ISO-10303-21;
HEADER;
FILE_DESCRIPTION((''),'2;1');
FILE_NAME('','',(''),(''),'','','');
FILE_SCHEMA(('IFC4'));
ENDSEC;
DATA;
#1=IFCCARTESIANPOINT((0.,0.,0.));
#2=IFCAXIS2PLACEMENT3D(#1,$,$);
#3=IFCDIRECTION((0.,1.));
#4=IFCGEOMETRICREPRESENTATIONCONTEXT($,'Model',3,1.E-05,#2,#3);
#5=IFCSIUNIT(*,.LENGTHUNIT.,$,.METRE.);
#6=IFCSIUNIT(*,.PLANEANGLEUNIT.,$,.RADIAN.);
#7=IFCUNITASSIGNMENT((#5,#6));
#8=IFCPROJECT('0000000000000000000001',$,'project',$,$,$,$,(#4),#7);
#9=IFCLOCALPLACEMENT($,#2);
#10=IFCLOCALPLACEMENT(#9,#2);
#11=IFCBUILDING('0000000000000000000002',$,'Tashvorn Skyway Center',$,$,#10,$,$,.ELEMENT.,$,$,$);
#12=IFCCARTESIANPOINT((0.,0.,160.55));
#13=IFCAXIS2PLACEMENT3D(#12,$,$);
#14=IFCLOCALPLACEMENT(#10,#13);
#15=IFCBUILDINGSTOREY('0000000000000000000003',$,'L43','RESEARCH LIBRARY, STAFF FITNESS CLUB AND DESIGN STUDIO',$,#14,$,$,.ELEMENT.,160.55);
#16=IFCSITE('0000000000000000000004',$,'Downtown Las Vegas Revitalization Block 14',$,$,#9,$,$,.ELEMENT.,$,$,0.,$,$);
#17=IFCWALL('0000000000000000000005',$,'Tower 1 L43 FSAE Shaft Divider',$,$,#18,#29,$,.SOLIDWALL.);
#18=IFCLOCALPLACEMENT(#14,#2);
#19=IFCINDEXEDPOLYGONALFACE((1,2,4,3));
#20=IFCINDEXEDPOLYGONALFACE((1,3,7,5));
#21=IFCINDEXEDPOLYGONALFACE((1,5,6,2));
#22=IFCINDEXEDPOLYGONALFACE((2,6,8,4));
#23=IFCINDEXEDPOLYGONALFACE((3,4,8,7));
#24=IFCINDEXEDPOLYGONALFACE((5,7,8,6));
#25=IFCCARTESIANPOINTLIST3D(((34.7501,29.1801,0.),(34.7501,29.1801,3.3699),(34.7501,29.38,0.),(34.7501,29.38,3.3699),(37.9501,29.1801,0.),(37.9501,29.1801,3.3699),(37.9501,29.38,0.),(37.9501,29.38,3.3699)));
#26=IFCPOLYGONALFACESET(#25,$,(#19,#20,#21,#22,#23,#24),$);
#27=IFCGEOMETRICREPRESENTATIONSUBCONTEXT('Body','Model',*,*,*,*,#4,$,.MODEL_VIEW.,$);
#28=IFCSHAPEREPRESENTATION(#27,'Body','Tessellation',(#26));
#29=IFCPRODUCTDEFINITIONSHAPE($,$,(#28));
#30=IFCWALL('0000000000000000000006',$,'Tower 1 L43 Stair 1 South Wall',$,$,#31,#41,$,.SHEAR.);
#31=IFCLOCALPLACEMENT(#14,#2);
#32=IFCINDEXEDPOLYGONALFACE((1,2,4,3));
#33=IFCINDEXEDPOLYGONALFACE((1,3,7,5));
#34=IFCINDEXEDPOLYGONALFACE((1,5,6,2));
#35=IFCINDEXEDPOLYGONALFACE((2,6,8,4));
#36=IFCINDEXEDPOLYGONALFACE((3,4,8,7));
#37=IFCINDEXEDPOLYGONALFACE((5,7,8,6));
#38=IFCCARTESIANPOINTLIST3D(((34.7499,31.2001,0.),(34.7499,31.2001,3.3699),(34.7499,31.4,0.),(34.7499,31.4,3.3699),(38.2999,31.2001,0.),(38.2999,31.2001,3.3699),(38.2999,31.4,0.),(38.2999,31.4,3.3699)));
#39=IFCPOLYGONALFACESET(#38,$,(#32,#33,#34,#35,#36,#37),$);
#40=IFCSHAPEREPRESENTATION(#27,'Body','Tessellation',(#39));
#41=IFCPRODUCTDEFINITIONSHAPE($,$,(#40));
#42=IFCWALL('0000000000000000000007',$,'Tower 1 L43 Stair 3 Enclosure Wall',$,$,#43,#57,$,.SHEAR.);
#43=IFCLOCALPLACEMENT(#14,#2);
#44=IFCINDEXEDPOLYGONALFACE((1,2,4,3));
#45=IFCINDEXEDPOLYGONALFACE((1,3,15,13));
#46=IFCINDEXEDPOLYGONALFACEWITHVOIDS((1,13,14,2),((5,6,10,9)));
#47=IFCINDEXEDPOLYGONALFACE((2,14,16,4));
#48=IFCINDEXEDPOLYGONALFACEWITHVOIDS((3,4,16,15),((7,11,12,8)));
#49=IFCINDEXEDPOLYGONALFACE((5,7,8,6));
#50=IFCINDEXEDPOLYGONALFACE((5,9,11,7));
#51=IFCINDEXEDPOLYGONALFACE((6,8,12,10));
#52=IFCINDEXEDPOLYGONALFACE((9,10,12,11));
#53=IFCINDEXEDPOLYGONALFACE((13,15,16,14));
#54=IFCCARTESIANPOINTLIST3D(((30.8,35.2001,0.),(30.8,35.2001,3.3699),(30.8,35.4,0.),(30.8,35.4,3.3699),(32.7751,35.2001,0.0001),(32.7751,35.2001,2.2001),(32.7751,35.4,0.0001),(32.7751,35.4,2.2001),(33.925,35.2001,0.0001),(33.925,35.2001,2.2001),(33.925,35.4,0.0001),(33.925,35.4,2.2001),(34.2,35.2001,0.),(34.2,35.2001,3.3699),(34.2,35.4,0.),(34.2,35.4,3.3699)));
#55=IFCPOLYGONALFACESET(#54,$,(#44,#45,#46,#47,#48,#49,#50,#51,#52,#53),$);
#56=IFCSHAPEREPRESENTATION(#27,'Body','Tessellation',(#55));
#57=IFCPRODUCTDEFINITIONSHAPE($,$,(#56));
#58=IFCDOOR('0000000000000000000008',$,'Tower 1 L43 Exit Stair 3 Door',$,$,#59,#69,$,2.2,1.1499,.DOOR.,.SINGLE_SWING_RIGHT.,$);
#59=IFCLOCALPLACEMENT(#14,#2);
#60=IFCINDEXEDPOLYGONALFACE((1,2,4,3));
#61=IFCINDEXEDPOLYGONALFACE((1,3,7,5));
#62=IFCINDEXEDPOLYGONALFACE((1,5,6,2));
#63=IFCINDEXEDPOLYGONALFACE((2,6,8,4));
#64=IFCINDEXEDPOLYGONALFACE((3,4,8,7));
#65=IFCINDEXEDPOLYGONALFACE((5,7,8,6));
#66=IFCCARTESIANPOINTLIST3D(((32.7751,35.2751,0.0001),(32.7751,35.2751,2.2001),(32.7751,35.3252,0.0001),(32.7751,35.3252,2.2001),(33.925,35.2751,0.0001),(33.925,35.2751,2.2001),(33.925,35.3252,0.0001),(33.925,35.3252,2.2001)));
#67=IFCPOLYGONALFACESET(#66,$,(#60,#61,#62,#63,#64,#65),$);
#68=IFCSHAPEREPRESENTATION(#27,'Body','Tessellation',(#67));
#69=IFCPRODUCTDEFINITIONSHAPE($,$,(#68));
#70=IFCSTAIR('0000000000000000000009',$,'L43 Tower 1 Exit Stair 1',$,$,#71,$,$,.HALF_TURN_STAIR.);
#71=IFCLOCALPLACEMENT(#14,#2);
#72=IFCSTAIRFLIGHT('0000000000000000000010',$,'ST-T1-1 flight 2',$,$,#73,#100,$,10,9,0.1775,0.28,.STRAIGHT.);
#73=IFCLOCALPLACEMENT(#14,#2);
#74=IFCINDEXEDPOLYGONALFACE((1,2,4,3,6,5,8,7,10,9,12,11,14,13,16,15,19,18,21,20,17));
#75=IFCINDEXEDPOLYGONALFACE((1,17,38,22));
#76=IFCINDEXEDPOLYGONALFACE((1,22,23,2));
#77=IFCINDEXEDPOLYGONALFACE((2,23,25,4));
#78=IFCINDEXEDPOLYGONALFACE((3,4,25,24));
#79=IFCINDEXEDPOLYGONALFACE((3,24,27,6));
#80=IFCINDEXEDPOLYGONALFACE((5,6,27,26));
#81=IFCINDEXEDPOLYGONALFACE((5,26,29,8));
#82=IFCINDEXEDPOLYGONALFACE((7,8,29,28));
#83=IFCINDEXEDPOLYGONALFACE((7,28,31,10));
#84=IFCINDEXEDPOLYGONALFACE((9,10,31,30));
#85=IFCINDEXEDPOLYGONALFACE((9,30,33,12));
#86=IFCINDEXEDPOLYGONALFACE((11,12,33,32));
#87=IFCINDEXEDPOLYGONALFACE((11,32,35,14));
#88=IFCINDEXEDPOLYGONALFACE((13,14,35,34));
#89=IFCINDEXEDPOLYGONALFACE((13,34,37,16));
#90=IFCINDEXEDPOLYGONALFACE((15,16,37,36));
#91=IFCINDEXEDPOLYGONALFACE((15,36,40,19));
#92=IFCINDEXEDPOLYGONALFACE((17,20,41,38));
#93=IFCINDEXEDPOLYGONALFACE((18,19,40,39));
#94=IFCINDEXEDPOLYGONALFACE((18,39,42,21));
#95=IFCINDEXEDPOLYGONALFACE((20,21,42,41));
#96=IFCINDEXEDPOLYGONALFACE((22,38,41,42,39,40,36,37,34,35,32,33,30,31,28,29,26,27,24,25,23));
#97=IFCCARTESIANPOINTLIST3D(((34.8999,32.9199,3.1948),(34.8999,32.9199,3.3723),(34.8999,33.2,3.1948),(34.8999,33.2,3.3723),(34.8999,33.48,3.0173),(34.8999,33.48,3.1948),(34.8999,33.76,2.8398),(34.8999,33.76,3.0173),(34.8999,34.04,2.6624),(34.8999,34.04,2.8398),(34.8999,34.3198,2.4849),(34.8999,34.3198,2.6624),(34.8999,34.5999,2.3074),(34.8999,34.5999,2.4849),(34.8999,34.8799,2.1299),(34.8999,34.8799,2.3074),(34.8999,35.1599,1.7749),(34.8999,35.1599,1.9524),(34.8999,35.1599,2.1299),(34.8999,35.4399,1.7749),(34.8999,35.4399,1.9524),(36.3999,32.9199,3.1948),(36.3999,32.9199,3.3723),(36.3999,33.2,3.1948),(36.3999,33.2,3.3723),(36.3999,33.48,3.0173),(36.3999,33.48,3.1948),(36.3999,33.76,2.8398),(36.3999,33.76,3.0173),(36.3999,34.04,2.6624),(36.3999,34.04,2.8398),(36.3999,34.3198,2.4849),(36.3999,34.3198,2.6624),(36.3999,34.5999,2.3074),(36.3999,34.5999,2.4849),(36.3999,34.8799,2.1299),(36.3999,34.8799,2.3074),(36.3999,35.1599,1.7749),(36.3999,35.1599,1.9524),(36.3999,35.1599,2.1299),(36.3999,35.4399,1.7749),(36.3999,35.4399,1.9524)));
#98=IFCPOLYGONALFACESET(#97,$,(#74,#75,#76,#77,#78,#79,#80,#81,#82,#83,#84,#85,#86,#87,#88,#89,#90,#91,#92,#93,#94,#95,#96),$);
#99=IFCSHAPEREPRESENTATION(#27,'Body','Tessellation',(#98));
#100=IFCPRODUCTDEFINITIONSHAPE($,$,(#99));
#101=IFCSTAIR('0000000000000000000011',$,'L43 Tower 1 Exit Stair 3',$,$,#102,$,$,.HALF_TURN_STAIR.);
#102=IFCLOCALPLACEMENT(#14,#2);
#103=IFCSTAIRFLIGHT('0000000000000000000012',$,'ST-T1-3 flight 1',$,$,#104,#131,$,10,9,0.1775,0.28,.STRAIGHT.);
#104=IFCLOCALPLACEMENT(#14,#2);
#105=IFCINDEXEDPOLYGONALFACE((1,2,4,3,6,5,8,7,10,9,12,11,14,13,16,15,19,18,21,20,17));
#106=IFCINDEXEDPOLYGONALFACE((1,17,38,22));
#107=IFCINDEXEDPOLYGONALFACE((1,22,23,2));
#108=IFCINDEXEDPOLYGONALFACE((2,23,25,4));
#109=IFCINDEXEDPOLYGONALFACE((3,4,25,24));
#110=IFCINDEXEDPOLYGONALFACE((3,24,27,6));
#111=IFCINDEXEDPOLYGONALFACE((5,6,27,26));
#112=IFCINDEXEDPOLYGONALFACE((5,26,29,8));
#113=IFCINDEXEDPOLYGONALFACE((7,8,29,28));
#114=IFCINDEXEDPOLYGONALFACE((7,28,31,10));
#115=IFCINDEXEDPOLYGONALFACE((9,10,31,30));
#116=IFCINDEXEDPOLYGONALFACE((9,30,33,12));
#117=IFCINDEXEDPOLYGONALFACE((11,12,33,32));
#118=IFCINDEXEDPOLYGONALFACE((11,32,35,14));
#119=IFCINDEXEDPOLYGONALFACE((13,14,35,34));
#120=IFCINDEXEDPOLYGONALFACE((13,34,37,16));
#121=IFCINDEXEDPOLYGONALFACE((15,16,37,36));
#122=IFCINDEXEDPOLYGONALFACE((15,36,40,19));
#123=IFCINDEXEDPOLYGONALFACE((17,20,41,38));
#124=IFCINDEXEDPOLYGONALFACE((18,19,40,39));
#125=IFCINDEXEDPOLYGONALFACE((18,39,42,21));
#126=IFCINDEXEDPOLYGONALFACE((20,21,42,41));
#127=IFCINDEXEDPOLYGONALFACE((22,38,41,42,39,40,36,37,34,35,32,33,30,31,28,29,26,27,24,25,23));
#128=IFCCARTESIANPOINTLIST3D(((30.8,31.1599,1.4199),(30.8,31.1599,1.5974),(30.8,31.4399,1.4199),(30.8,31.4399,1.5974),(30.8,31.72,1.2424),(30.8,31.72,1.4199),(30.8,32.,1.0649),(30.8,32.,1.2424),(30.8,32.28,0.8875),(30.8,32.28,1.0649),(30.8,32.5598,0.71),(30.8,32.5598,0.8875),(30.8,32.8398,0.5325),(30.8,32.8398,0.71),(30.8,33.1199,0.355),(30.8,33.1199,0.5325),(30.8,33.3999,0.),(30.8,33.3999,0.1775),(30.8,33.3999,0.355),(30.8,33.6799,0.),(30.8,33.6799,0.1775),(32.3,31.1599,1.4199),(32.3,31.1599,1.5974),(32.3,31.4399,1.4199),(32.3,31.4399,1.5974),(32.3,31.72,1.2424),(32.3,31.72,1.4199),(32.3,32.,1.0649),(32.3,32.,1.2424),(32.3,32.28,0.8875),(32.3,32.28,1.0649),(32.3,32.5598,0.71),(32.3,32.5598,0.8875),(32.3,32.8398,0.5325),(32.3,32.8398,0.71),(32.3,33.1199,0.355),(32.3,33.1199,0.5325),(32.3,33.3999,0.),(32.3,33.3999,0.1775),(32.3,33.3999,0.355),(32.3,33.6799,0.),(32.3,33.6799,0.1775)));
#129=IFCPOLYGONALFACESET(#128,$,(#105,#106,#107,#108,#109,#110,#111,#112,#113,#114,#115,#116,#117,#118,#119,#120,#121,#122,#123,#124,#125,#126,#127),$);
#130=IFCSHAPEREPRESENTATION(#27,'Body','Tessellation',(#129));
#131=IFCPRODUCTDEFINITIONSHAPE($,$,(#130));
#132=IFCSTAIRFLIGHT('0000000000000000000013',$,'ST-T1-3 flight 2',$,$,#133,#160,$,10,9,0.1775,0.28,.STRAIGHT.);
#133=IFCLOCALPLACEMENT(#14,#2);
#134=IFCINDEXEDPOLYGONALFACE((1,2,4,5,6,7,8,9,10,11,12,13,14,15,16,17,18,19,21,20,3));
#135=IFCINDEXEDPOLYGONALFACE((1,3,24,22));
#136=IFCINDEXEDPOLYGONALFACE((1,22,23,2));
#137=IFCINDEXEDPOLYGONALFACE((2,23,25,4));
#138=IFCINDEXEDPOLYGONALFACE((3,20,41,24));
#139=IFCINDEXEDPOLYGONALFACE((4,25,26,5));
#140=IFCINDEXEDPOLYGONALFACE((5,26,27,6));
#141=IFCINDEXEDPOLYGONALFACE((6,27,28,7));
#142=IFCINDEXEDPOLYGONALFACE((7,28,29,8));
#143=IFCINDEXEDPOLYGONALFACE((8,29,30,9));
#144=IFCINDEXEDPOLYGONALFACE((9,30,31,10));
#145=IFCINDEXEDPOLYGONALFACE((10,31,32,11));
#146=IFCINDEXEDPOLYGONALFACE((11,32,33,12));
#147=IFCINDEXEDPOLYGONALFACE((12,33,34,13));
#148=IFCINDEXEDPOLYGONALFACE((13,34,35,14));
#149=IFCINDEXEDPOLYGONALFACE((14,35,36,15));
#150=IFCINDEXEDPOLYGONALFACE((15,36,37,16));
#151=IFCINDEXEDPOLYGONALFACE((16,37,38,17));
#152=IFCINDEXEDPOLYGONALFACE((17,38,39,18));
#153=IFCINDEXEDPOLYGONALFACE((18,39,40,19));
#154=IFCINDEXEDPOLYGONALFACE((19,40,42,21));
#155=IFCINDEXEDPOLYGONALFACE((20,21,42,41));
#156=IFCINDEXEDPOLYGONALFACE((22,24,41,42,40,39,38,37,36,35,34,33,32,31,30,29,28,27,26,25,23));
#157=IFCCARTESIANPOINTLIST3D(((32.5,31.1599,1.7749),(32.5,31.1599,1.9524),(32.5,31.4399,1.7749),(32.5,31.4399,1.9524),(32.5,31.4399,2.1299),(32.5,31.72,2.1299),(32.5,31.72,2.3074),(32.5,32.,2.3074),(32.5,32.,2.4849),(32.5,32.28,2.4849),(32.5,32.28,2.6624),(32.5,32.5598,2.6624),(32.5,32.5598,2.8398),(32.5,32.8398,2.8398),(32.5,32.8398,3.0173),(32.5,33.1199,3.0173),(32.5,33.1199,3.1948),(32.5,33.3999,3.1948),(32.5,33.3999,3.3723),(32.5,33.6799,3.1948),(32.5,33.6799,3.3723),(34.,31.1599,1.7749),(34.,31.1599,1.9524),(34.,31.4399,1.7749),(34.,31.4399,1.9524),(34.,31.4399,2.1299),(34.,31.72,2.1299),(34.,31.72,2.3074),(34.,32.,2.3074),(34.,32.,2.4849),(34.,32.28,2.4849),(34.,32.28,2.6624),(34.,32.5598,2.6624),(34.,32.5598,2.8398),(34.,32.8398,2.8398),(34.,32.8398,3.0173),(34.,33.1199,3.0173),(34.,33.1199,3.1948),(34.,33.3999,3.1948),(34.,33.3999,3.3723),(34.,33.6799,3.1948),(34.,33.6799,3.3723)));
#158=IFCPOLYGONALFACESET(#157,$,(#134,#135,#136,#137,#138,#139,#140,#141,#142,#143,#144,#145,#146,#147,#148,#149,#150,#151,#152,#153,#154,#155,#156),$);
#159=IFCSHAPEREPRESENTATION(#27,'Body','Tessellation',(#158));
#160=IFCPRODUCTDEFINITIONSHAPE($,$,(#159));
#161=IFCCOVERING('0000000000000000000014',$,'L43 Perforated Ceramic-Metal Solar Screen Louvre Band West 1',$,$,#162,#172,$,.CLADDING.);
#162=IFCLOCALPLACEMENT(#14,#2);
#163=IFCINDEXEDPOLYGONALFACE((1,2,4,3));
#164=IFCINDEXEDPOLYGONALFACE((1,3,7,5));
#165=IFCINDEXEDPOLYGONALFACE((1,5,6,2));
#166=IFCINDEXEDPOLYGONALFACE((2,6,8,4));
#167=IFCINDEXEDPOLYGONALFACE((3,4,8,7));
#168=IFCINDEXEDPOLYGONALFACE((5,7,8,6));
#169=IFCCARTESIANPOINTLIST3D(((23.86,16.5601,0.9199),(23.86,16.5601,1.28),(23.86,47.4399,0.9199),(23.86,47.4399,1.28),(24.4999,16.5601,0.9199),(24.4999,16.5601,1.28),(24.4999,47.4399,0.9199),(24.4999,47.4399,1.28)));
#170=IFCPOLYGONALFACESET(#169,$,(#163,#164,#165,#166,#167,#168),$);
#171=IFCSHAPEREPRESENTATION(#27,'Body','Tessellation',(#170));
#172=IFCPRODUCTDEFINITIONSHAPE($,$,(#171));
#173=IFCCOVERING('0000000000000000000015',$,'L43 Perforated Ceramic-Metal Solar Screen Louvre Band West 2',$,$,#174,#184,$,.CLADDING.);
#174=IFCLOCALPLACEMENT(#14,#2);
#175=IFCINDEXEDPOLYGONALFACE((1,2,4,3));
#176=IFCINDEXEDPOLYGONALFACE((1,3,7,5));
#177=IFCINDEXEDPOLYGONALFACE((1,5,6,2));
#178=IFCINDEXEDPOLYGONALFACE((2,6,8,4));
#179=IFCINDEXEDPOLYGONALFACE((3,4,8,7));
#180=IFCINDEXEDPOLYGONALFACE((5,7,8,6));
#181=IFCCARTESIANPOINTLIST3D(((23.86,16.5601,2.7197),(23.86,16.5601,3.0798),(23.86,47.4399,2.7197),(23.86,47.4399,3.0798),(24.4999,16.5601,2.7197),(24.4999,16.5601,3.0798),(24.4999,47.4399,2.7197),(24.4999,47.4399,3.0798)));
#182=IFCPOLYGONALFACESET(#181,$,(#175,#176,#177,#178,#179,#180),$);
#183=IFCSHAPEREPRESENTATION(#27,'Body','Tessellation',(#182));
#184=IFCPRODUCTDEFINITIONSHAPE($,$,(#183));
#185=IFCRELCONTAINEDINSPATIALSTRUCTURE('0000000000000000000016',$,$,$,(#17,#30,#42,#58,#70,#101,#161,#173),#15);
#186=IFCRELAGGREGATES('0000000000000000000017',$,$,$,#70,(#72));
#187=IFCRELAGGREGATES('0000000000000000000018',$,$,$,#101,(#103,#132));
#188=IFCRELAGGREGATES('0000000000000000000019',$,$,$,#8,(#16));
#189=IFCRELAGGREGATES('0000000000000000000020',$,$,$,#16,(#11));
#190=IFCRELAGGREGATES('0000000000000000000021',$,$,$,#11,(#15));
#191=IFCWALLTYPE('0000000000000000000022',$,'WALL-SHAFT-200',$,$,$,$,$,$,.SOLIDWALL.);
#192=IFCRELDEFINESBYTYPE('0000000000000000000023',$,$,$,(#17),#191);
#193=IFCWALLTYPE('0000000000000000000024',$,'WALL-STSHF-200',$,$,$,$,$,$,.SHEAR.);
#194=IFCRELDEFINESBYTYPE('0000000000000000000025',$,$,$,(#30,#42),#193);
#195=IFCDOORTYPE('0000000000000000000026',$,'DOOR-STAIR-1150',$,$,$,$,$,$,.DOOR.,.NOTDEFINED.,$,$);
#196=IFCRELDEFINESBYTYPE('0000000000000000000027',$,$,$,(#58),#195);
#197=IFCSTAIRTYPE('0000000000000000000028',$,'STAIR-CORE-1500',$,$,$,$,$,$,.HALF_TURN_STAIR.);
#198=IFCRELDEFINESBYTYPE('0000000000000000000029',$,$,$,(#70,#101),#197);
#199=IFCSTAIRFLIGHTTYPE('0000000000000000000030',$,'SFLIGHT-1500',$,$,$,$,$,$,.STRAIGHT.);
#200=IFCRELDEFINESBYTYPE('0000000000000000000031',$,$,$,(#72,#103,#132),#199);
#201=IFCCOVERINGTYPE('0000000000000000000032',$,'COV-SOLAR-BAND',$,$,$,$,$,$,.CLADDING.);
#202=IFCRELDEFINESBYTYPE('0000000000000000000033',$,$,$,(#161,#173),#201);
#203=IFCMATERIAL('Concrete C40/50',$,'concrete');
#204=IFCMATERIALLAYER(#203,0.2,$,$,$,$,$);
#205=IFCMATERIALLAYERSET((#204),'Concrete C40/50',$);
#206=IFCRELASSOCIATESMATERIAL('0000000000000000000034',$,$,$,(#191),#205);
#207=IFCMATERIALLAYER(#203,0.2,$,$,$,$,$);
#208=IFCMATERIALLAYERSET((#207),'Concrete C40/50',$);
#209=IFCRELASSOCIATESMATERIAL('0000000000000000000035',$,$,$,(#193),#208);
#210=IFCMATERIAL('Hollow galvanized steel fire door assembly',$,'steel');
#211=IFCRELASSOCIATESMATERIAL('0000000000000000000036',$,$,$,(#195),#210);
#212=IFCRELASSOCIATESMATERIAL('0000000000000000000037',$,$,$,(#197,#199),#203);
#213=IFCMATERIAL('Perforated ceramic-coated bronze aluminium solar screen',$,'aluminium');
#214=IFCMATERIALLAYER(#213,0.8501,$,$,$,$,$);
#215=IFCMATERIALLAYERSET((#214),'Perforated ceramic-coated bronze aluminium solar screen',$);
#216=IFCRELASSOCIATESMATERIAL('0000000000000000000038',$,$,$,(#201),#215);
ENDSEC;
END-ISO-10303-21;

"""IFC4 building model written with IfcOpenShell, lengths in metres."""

from ifc_helpers import new_model, si_unit, direction, frame, frame_2d, origin, origin_2d, place, context, subcontext, project, spatial, polyline, rectangle, outline, extrude, material, layer, layer_set, type_object, element, fill, aggregate, save


model = new_model("IFC4")

# Units and contexts
model_context = context("Model", 3, precision=1e-05, world=origin(), true_north=direction((0.0, 1.0)))
body_context = subcontext(model_context, "Body", "Model", "MODEL_VIEW")
ifc_project = project(units=[si_unit("LENGTHUNIT", "METRE"), si_unit("PLANEANGLEUNIT", "RADIAN")], contexts=[model_context])

# Site, building, storey
site_placement = place(None, origin())
site = spatial("IfcSite", under=ifc_project, at=site_placement, Name="Downtown Las Vegas Revitalization Block 14", CompositionType="ELEMENT", RefElevation=0.0)
building_placement = place(site_placement, origin())
building = spatial("IfcBuilding", under=site, at=building_placement, Name="Tashvorn Skyway Center", CompositionType="ELEMENT")
storey_placement = place(building_placement, frame((0.0, 0.0, 160.55)))
storey = spatial("IfcBuildingStorey", under=building, at=storey_placement, Name="L43", Description="RESEARCH LIBRARY, STAFF FITNESS CLUB AND DESIGN STUDIO", CompositionType="ELEMENT", Elevation=160.55)

# Walls
ifc_material_1 = material(Name="Concrete C40/50", Category="concrete")
ifc_layer_1 = layer(ifc_material_1, 0.2)
ifc_layer_set_1 = layer_set([ifc_layer_1], Name="Concrete C40/50")
wall_type_1 = type_object("IfcWallType", Name="WALL-SHAFT-200", PredefinedType="SOLIDWALL", material=ifc_layer_set_1)
wall_1_placement = place(storey_placement, frame((34.75, 29.28, 0.0), z_axis=(0.0, 0.0, 1.0), x_axis=(1.0, 0.0, 0.0)))
element("IfcWall", 1, at=wall_1_placement, inside=storey, type_object=wall_type_1, Name="Tower 1 L43 FSAE Shaft Divider", PredefinedType="SOLIDWALL", context=body_context, shape_type="SweptSolid", body=[
    extrude(rectangle(XDim=3.2, YDim=0.2, at=frame_2d((1.6001, 0.0))), origin(), (0.0, 0.0, 1.0), 3.3699),
])
ifc_layer_2 = layer(ifc_material_1, 0.2)
ifc_layer_set_2 = layer_set([ifc_layer_2], Name="Concrete C40/50")
wall_type_2 = type_object("IfcWallType", Name="WALL-STSHF-200", PredefinedType="SHEAR", material=ifc_layer_set_2)
wall_2_placement = place(storey_placement, frame((34.75, 31.3, 0.0), z_axis=(0.0, 0.0, 1.0), x_axis=(1.0, 0.0, 0.0)))
element("IfcWall", 2, at=wall_2_placement, inside=storey, type_object=wall_type_2, Name="Tower 1 L43 Stair 1 South Wall", PredefinedType="SHEAR", context=body_context, shape_type="SweptSolid", body=[
    extrude(rectangle(XDim=3.55, YDim=0.2, at=frame_2d((1.7749, 0.0))), origin(), (0.0, 0.0, 1.0), 3.3699),
])

# Wall, opening, door
wall_3_placement = place(storey_placement, frame((34.2, 35.3, 0.0), z_axis=(0.0, 0.0, 1.0), x_axis=(-1.0, 0.0, 0.0)))
wall_3 = element("IfcWall", 3, at=wall_3_placement, inside=storey, type_object=wall_type_2, Name="Tower 1 L43 Stair 3 Enclosure Wall", PredefinedType="SHEAR", context=body_context, shape_type="SweptSolid", body=[
    extrude(rectangle(XDim=3.3999, YDim=0.2, at=frame_2d((1.7, 0.0))), origin(), (0.0, 0.0, 1.0), 3.3699),
])
opening_placement = place(wall_3_placement, frame((0.2749, 0.0, 0.0)))
opening = element("IfcOpeningElement", 4, at=opening_placement, cuts=wall_3, PredefinedType="OPENING", context=body_context, shape_type="SweptSolid", body=[
    extrude(rectangle(XDim=1.1499, YDim=2.2, at=frame_2d((0.575, 1.1001))), frame((0.0, 0.1099, 0.0), z_axis=(0.0, -1.0, 0.0), x_axis=(1.0, 0.0, 0.0)), (0.0, 0.0, 1.0), 0.22),
])
ifc_material_2 = material(Name="Hollow galvanized steel fire door assembly", Category="steel")
door_type = type_object("IfcDoorType", Name="DOOR-STAIR-1150", OperationType="NOTDEFINED", PredefinedType="DOOR", material=ifc_material_2)
door_placement = place(opening_placement, origin())
door = element("IfcDoor", 5, at=door_placement, inside=storey, type_object=door_type, Name="Tower 1 L43 Exit Stair 3 Door", OperationType="SINGLE_SWING_RIGHT", OverallHeight=2.2, OverallWidth=1.1499, PredefinedType="DOOR", context=body_context, shape_type="SweptSolid", body=[
    extrude(rectangle(XDim=1.1499, YDim=2.2, at=frame_2d((0.575, 1.1001))), frame((0.0, 0.0249, 0.0), z_axis=(0.0, -1.0, 0.0), x_axis=(1.0, 0.0, 0.0)), (0.0, 0.0, 1.0), 0.05),
])
fill(opening, door)

# Stair, stair flight
stair_type = type_object("IfcStairType", Name="STAIR-CORE-1500", PredefinedType="HALF_TURN_STAIR", material=ifc_material_1)
stair_1_placement = place(storey_placement, origin())
stair_1 = element("IfcStair", 6, at=stair_1_placement, inside=storey, type_object=stair_type, Name="L43 Tower 1 Exit Stair 1", PredefinedType="HALF_TURN_STAIR")
stair_flight_type = type_object("IfcStairFlightType", Name="SFLIGHT-1500", PredefinedType="STRAIGHT", material=ifc_material_1)
stair_flight_1_placement = place(storey_placement, frame((35.6499, 35.4399, 1.7749), z_axis=(0.0, 0.0, 1.0), x_axis=(0.0, -1.0, 0.0)))
stair_flight_1 = element("IfcStairFlight", 7, at=stair_flight_1_placement, type_object=stair_flight_type, Name="ST-T1-1 flight 2", NumberOfRisers=10, NumberOfTreads=9, PredefinedType="STRAIGHT", RiserHeight=0.1775, TreadLength=0.28, context=body_context, shape_type="SweptSolid", body=[
    extrude(outline(polyline([(0.0, 0.0), (0.0, 0.1775), (0.28, 0.1775), (0.28, 0.355), (0.5601, 0.355), (0.5601, 0.5325), (0.8401, 0.5325), (0.8401, 0.71), (1.1201, 0.71), (1.1201, 0.8875), (1.3999, 0.8875), (1.3999, 1.0649), (1.6799, 1.0649), (1.6799, 1.2424), (1.96, 1.2424), (1.96, 1.4199), (2.24, 1.4199), (2.24, 1.5974), (2.52, 1.5974), (2.52, 1.7749), (2.52, 1.4199), (0.28, 0.0), (0.0, 0.0)])), frame((0.0, 0.75, 0.0), z_axis=(0.0, -1.0, 0.0), x_axis=(1.0, 0.0, 0.0)), (0.0, 0.0, 1.0), 1.5),
])
aggregate(stair_1, [stair_flight_1])

# Stair, stair flights
stair_2_placement = place(storey_placement, origin())
stair_2 = element("IfcStair", 8, at=stair_2_placement, inside=storey, type_object=stair_type, Name="L43 Tower 1 Exit Stair 3", PredefinedType="HALF_TURN_STAIR")
stair_flight_2_placement = place(storey_placement, frame((31.55, 33.6799, 0.0), z_axis=(0.0, 0.0, 1.0), x_axis=(0.0, -1.0, 0.0)))
stair_flight_2 = element("IfcStairFlight", 9, at=stair_flight_2_placement, type_object=stair_flight_type, Name="ST-T1-3 flight 1", NumberOfRisers=10, NumberOfTreads=9, PredefinedType="STRAIGHT", RiserHeight=0.1775, TreadLength=0.28, context=body_context, shape_type="SweptSolid", body=[
    extrude(outline(polyline([(0.0, 0.0), (0.0, 0.1775), (0.28, 0.1775), (0.28, 0.355), (0.5601, 0.355), (0.5601, 0.5325), (0.8401, 0.5325), (0.8401, 0.71), (1.1201, 0.71), (1.1201, 0.8875), (1.3999, 0.8875), (1.3999, 1.0649), (1.6799, 1.0649), (1.6799, 1.2424), (1.96, 1.2424), (1.96, 1.4199), (2.24, 1.4199), (2.24, 1.5974), (2.52, 1.5974), (2.52, 1.7749), (2.52, 1.4199), (0.28, 0.0), (0.0, 0.0)])), frame((0.0, 0.75, 0.0), z_axis=(0.0, -1.0, 0.0), x_axis=(1.0, 0.0, 0.0)), (0.0, 0.0, 1.0), 1.5),
])
stair_flight_3_placement = place(storey_placement, frame((33.25, 31.1599, 1.7749), z_axis=(0.0, 0.0, 1.0), x_axis=(0.0, 1.0, 0.0)))
stair_flight_3 = element("IfcStairFlight", 10, at=stair_flight_3_placement, type_object=stair_flight_type, Name="ST-T1-3 flight 2", NumberOfRisers=10, NumberOfTreads=9, PredefinedType="STRAIGHT", RiserHeight=0.1775, TreadLength=0.28, context=body_context, shape_type="SweptSolid", body=[
    extrude(outline(polyline([(0.0, 0.0), (0.0, 0.1775), (0.28, 0.1775), (0.28, 0.355), (0.5601, 0.355), (0.5601, 0.5325), (0.8401, 0.5325), (0.8401, 0.71), (1.1201, 0.71), (1.1201, 0.8875), (1.3999, 0.8875), (1.3999, 1.0649), (1.6799, 1.0649), (1.6799, 1.2424), (1.96, 1.2424), (1.96, 1.4199), (2.24, 1.4199), (2.24, 1.5974), (2.52, 1.5974), (2.52, 1.7749), (2.52, 1.4199), (0.28, 0.0), (0.0, 0.0)])), frame((0.0, 0.75, 0.0), z_axis=(0.0, -1.0, 0.0), x_axis=(1.0, 0.0, 0.0)), (0.0, 0.0, 1.0), 1.5),
])
aggregate(stair_2, [stair_flight_2, stair_flight_3])

# Coverings
ifc_material_3 = material(Name="Perforated ceramic-coated bronze aluminium solar screen", Category="aluminium")
ifc_layer_3 = layer(ifc_material_3, 0.8501)
ifc_layer_set_3 = layer_set([ifc_layer_3], Name="Perforated ceramic-coated bronze aluminium solar screen")
covering_type = type_object("IfcCoveringType", Name="COV-SOLAR-BAND", PredefinedType="CLADDING", material=ifc_layer_set_3)
for number, where, z_axis, x_axis, name in (
    (11, (24.1799, 32.0, 0.9199), (0.0, 0.0, 1.0), (0.0, 1.0, 0.0), "L43 Perforated Ceramic-Metal Solar Screen Louvre Band West 1"),
    (12, (24.1799, 32.0, 2.7197), (0.0, 0.0, 1.0), (0.0, 1.0, 0.0), "L43 Perforated Ceramic-Metal Solar Screen Louvre Band West 2"),
):
    element("IfcCovering", number, at=place(storey_placement, frame(where, z_axis=z_axis, x_axis=x_axis)), inside=storey, type_object=covering_type, Name=name, PredefinedType="CLADDING", context=body_context, shape_type="SweptSolid", body=[
        extrude(rectangle(XDim=30.8799, YDim=0.6399, at=origin_2d()), origin(), (0.0, 0.0, 1.0), 0.3601),
    ])

save(model, "model.ifc")
